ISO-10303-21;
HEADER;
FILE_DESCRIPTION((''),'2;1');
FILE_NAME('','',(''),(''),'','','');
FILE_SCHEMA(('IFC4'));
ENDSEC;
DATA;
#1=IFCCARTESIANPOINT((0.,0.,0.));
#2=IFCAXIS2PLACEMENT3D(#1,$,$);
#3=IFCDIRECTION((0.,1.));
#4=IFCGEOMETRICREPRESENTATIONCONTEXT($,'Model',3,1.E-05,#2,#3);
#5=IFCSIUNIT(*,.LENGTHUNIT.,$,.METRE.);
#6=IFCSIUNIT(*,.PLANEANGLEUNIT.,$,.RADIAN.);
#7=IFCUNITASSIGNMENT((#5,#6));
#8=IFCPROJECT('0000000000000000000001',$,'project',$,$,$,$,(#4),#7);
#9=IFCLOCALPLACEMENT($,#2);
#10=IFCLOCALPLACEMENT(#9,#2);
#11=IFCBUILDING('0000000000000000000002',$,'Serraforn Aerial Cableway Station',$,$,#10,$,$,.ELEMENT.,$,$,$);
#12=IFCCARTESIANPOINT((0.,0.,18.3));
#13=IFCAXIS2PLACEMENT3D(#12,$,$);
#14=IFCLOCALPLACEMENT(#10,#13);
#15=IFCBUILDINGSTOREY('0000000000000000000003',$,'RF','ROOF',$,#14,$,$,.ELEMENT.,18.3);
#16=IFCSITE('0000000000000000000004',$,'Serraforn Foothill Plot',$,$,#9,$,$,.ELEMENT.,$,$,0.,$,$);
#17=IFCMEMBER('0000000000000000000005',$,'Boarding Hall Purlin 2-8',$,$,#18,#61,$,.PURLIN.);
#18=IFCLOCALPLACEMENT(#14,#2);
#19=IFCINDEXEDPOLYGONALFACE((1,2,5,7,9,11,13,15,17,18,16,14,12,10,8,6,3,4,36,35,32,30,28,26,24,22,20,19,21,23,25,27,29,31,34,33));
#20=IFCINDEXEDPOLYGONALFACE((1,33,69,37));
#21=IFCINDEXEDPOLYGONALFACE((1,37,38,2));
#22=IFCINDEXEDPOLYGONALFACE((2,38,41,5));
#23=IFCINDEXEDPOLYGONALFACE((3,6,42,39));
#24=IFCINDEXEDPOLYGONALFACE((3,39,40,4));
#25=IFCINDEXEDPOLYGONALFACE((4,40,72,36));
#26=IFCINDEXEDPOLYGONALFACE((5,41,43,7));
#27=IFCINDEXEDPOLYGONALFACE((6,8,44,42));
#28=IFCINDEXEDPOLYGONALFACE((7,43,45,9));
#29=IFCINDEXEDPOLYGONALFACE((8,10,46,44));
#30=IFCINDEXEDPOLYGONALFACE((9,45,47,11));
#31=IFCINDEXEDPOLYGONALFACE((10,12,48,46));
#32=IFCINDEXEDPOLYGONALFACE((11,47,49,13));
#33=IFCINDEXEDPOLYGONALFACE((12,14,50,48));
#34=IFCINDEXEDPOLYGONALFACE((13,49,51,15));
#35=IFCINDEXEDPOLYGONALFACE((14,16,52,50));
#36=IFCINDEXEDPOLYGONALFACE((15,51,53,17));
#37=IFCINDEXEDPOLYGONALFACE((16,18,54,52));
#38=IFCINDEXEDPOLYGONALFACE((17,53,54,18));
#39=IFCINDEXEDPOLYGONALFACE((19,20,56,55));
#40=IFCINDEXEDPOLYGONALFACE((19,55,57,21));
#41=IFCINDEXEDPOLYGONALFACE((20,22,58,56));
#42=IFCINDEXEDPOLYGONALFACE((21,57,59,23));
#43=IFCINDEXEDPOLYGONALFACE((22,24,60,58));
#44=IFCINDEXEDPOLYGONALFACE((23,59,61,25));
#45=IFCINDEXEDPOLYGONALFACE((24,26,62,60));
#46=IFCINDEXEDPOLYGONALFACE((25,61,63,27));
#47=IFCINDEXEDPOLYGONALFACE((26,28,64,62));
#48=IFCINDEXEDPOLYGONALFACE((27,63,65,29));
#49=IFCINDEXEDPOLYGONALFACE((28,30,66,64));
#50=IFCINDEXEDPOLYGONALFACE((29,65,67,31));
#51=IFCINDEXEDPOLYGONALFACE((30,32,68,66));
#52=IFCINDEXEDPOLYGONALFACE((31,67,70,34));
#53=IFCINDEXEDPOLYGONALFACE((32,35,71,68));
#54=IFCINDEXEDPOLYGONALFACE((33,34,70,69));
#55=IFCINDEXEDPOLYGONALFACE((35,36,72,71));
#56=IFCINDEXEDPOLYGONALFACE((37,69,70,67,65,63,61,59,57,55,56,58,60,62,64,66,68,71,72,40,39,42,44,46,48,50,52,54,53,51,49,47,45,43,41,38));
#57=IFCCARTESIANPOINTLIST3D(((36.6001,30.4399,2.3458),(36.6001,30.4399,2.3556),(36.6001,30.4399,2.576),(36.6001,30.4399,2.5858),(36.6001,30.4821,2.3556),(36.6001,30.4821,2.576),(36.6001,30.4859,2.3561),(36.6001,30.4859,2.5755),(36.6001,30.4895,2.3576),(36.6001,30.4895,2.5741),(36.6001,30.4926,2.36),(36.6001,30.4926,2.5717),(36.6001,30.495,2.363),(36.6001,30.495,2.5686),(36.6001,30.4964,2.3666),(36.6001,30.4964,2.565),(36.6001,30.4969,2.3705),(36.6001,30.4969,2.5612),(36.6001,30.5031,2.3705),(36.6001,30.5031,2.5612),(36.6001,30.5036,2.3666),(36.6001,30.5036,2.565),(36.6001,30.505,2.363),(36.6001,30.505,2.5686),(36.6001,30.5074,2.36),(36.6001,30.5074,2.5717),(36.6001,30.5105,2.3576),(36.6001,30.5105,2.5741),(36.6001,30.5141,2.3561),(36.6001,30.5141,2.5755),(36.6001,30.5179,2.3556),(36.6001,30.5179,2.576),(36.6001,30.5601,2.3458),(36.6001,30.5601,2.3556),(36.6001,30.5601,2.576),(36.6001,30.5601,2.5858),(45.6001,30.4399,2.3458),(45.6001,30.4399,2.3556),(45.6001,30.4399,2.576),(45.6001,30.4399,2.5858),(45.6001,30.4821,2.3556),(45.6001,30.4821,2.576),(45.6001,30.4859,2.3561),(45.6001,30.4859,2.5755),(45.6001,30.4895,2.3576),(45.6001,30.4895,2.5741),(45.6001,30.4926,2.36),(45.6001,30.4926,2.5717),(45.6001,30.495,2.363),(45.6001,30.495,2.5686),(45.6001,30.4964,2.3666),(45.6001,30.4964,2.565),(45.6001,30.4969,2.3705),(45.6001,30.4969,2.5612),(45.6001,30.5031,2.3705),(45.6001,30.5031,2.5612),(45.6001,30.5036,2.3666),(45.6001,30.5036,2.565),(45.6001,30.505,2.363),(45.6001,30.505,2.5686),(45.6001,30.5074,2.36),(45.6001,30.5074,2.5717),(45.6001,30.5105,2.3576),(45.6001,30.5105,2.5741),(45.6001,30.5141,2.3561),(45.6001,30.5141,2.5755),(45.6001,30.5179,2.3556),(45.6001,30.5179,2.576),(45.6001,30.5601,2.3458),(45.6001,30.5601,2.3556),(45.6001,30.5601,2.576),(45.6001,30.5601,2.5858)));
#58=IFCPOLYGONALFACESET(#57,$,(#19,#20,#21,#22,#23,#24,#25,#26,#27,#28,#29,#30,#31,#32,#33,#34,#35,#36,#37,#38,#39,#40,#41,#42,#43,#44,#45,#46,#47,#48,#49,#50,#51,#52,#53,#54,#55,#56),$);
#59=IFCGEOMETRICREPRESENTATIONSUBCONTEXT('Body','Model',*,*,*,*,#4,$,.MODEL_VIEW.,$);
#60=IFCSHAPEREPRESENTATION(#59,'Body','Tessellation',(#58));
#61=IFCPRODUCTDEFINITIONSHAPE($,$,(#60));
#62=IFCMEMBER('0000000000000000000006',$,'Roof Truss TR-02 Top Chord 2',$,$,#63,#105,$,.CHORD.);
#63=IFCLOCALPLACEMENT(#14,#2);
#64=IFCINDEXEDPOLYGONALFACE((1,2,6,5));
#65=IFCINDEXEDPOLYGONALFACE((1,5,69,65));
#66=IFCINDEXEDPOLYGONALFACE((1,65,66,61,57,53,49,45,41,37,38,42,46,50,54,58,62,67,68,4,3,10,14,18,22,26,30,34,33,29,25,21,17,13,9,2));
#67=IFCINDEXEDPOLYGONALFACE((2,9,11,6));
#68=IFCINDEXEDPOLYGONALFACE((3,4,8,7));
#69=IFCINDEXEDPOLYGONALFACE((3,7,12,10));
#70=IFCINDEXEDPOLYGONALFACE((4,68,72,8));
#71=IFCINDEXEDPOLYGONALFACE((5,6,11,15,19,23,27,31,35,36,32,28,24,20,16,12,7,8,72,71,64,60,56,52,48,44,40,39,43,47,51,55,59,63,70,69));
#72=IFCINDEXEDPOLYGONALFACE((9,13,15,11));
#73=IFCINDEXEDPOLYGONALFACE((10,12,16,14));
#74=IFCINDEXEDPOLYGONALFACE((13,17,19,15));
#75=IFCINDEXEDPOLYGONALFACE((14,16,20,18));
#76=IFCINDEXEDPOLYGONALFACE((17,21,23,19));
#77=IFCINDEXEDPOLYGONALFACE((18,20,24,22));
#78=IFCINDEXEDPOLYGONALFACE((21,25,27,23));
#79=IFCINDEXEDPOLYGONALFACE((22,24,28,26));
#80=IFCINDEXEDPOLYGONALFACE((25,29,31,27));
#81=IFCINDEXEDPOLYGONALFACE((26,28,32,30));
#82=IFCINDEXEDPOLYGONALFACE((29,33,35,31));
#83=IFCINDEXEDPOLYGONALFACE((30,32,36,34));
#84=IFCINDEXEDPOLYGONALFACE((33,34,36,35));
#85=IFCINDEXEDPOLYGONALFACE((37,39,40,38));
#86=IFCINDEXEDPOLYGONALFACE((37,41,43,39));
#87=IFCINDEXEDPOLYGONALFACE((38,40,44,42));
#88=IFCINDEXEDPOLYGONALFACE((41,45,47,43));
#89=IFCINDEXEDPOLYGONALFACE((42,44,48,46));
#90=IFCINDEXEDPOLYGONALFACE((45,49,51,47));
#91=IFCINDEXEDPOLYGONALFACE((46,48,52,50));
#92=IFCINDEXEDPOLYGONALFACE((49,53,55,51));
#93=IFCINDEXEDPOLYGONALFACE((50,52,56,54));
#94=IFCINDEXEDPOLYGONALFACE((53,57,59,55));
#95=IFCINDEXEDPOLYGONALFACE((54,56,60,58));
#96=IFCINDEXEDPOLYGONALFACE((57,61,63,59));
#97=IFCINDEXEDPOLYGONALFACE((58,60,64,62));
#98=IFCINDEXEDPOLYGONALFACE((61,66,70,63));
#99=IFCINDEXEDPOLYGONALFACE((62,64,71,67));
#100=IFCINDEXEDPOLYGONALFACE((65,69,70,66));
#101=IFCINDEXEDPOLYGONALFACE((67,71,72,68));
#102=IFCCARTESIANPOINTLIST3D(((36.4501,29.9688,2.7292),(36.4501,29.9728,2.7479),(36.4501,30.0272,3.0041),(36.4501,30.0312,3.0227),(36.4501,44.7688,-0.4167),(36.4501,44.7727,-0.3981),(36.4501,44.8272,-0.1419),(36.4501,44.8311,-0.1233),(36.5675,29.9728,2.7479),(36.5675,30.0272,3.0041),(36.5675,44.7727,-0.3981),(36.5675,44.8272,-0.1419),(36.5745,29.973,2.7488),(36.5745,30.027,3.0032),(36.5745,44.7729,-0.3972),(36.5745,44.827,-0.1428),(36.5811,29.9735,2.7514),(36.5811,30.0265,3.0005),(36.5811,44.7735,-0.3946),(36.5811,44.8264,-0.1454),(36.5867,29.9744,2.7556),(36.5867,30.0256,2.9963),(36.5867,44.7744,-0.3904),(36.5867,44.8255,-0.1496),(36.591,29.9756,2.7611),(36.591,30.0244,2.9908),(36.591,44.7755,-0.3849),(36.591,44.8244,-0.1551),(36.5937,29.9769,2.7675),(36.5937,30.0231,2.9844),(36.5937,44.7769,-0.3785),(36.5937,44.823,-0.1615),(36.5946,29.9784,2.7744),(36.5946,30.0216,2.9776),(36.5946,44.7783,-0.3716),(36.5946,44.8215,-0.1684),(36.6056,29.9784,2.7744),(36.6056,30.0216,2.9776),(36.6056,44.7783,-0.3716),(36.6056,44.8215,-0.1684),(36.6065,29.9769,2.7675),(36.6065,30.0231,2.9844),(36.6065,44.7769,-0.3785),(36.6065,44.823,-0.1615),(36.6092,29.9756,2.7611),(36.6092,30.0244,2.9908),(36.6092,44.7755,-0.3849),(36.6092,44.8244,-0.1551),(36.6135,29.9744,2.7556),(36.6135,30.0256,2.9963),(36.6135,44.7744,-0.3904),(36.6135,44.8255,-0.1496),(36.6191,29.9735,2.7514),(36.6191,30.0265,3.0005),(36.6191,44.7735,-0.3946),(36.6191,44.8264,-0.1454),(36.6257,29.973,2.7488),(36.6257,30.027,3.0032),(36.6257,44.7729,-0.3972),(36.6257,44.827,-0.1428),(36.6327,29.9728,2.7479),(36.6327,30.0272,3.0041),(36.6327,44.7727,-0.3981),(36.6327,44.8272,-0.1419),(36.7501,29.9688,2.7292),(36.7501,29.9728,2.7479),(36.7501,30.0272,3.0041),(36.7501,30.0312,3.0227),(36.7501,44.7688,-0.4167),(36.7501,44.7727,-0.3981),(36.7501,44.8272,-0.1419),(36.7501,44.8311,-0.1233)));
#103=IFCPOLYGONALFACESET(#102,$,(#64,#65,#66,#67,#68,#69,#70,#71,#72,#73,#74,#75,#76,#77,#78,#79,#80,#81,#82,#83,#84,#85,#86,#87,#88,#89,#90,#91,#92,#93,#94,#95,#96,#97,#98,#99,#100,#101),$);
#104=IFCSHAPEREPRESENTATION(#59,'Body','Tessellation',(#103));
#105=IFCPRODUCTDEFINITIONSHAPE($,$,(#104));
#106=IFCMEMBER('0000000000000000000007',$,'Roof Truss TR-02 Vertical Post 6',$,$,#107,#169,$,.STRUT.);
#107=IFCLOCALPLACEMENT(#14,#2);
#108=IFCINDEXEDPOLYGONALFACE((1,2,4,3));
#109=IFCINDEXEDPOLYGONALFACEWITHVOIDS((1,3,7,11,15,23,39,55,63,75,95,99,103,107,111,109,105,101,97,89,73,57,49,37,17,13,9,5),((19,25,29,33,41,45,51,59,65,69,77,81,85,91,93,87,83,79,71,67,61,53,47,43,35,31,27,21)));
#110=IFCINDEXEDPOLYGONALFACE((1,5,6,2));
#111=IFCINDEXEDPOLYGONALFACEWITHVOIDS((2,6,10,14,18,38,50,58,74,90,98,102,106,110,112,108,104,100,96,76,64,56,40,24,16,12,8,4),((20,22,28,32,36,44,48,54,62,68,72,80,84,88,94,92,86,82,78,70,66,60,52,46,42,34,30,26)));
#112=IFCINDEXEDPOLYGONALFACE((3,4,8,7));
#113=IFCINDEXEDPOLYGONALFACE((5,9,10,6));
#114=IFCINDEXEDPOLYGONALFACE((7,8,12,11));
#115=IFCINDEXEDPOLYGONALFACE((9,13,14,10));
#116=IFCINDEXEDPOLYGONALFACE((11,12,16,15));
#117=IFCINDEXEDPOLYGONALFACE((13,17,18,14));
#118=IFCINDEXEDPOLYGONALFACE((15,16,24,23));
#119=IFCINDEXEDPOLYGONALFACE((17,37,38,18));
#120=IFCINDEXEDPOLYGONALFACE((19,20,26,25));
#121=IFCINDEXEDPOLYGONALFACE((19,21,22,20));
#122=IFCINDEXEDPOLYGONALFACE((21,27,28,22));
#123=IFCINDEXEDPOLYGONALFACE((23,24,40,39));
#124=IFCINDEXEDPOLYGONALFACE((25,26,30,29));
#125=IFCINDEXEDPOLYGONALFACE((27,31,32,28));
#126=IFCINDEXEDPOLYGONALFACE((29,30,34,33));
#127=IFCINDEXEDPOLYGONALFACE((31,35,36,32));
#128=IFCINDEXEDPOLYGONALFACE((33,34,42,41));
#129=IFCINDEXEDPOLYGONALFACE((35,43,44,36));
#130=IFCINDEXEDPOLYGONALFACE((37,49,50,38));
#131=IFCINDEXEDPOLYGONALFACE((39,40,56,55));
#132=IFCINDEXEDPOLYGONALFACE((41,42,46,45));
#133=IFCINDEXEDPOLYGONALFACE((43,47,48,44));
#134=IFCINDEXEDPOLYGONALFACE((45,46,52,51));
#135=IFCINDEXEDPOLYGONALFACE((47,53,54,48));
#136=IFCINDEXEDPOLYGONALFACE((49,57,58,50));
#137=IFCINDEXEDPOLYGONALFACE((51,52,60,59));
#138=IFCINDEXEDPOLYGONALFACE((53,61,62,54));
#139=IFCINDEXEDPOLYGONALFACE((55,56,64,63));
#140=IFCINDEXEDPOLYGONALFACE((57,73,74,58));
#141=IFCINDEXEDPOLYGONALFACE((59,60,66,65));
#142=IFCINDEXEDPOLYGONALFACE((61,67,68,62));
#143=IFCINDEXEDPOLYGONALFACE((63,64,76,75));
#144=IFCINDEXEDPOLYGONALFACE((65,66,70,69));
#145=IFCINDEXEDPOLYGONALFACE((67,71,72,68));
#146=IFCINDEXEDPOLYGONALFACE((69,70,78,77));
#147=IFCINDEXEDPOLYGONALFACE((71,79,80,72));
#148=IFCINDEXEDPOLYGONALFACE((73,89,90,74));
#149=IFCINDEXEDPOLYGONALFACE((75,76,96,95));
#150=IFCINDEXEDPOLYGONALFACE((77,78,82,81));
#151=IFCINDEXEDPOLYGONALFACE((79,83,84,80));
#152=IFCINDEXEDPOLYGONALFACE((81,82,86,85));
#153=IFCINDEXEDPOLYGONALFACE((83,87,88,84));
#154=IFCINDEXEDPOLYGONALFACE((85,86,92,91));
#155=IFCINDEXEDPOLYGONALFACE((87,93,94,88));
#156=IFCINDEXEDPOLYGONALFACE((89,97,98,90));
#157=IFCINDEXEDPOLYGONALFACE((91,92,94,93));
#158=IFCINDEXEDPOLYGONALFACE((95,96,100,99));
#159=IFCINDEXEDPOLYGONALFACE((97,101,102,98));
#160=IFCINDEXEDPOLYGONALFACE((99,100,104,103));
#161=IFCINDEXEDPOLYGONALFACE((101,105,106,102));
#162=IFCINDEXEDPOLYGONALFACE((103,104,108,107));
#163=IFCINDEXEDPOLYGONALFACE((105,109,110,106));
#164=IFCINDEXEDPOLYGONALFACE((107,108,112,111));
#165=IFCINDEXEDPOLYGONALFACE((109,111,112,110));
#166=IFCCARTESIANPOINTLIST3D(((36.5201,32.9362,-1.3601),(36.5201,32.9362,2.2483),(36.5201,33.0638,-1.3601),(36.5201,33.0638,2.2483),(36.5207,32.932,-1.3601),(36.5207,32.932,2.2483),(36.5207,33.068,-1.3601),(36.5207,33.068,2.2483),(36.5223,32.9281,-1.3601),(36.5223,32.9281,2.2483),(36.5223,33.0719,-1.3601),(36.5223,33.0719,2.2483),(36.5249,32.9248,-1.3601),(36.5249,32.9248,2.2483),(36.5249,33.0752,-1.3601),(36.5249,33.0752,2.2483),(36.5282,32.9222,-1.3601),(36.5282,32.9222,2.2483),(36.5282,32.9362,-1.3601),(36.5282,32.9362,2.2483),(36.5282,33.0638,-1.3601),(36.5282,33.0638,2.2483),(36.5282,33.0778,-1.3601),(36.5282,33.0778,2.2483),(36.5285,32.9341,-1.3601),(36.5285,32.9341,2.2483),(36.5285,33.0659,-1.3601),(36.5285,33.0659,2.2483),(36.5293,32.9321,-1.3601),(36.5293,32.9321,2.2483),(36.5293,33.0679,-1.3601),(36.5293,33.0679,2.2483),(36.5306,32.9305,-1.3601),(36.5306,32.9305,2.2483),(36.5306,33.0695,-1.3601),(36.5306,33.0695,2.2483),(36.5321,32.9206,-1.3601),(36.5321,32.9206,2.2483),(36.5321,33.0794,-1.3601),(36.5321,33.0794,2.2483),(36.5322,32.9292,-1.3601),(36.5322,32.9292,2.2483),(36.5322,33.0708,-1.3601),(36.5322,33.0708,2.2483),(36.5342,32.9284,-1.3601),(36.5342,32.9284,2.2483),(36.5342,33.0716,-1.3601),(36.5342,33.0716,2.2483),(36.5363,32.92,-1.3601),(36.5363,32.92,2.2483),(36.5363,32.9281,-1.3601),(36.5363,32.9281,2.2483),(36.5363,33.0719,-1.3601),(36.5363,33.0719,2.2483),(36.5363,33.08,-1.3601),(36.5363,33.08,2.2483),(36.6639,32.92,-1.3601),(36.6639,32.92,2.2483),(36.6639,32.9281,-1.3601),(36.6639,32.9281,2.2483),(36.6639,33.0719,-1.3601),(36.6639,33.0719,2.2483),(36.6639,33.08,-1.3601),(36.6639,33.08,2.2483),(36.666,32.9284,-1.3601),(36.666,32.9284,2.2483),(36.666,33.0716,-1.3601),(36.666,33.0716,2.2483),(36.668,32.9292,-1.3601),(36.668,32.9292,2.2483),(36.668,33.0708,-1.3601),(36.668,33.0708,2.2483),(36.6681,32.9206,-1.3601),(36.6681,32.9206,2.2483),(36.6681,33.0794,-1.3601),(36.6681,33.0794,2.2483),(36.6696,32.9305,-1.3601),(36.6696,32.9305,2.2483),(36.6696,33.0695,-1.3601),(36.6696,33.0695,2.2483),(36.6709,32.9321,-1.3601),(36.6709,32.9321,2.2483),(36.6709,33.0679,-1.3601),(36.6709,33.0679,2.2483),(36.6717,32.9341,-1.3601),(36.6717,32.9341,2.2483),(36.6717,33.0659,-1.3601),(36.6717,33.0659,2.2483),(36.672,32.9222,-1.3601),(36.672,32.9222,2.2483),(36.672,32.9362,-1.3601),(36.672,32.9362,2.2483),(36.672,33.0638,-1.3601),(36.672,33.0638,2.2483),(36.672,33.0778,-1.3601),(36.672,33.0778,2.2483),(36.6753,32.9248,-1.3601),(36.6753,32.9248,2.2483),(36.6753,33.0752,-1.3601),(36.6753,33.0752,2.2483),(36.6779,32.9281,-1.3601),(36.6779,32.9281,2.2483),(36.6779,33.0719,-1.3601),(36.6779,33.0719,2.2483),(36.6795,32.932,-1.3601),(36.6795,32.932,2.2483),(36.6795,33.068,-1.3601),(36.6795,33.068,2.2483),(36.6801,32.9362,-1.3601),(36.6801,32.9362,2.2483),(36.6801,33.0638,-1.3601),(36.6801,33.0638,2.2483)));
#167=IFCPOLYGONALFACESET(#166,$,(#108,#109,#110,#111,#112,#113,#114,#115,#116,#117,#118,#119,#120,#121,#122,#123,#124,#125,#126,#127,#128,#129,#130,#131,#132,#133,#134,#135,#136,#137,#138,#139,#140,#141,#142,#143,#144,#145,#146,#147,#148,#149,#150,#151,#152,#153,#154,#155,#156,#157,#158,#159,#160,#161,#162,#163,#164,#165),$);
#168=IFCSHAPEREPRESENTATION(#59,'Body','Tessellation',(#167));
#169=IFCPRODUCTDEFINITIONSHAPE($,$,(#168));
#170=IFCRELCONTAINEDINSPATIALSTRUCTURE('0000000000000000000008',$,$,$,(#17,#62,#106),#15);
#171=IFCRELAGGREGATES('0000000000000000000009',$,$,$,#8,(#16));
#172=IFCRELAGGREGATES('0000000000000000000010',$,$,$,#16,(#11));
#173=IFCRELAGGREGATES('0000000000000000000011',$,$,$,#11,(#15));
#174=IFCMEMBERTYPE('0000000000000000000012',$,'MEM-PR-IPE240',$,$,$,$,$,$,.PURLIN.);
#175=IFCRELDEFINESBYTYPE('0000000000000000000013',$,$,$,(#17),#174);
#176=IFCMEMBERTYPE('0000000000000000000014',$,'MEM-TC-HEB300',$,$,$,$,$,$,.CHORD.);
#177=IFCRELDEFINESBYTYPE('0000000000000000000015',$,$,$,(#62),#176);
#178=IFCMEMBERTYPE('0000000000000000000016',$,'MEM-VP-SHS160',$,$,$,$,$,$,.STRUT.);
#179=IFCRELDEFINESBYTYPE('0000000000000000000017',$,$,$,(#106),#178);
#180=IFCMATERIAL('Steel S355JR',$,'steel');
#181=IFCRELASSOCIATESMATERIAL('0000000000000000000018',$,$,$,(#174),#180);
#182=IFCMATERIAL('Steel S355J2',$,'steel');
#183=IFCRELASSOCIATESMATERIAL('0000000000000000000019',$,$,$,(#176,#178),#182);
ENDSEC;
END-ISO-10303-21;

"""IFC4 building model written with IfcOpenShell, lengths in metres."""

from ifc_helpers import new_model, si_unit, direction, frame, origin, origin_2d, place, context, subcontext, project, spatial, hollow_rectangle, i_section, extrude, material, material_profile, profile_set, type_object, element, save


model = new_model("IFC4")

# Units and contexts
model_context = context("Model", 3, precision=1e-05, world=origin(), true_north=direction((0.0, 1.0)))
body_context = subcontext(model_context, "Body", "Model", "MODEL_VIEW")
ifc_project = project(units=[si_unit("LENGTHUNIT", "METRE"), si_unit("PLANEANGLEUNIT", "RADIAN")], contexts=[model_context])

# Site, building, storey
site_placement = place(None, origin())
site = spatial("IfcSite", under=ifc_project, at=site_placement, Name="Serraforn Foothill Plot", CompositionType="ELEMENT", RefElevation=0.0)
building_placement = place(site_placement, origin())
building = spatial("IfcBuilding", under=site, at=building_placement, Name="Serraforn Aerial Cableway Station", CompositionType="ELEMENT")
storey_placement = place(building_placement, frame((0.0, 0.0, 18.3)))
storey = spatial("IfcBuildingStorey", under=building, at=storey_placement, Name="RF", Description="ROOF", CompositionType="ELEMENT", Elevation=18.3)

# Members
ifc_material_1 = material(Name="Steel S355J2", Category="steel")
ifc_material_2 = material(Name="Steel S355JR", Category="steel")
ifc_material_profile_1 = material_profile(ifc_material_2, i_section(OverallWidth=0.1201, OverallDepth=0.24, WebThickness=0.0061, FlangeThickness=0.0098, FilletRadius=0.0149, at=origin_2d()), Name="IPE 240")
ifc_profile_set_1 = profile_set([ifc_material_profile_1], Name="Steel S355JR")
member_type_1 = type_object("IfcMemberType", Name="MEM-PR-IPE240", PredefinedType="PURLIN", material=ifc_profile_set_1)
for number, where, z_axis, x_axis, name in (
    (1, (36.6001, 30.5, 2.4658), (1.0, 0.0, 0.0), (0.0, 1.0, 0.0), "Boarding Hall Purlin 2-8"),
):
    element("IfcMember", number, at=place(storey_placement, frame(where, z_axis=z_axis, x_axis=x_axis)), inside=storey, type_object=member_type_1, Name=name, PredefinedType="PURLIN", context=body_context, shape_type="SweptSolid", body=[
        extrude(i_section(OverallWidth=0.1201, OverallDepth=0.24, WebThickness=0.0061, FlangeThickness=0.0098, FilletRadius=0.0149, at=origin_2d()), origin(), (0.0, 0.0, 1.0), 9.0),
    ])
ifc_material_profile_2 = material_profile(ifc_material_1, i_section(OverallWidth=0.3, OverallDepth=0.3, WebThickness=0.011, FlangeThickness=0.019, FilletRadius=0.0271, at=origin_2d()), Name="HEB 300")
ifc_profile_set_2 = profile_set([ifc_material_profile_2], Name="Steel S355J2")
member_type_2 = type_object("IfcMemberType", Name="MEM-TC-HEB300", PredefinedType="CHORD", material=ifc_profile_set_2)
member_1_placement = place(storey_placement, frame((36.6001, 30.0, 2.876), z_axis=(0.0, 0.978146, -0.207921), x_axis=(-1.0, 0.0, 0.0)))
element("IfcMember", 2, at=member_1_placement, inside=storey, type_object=member_type_2, Name="Roof Truss TR-02 Top Chord 2", PredefinedType="CHORD", context=body_context, shape_type="SweptSolid", body=[
    extrude(i_section(OverallWidth=0.3, OverallDepth=0.3, WebThickness=0.011, FlangeThickness=0.019, FilletRadius=0.0271, at=origin_2d()), origin(), (0.0, 0.0, 1.0), 15.1306),
])
ifc_material_profile_3 = material_profile(ifc_material_1, hollow_rectangle(XDim=0.1599, YDim=0.1599, WallThickness=0.0081, InnerFilletRadius=0.0081, OuterFilletRadius=0.0161, at=origin_2d()), Name="SHS 160x160x8.0")
ifc_profile_set_3 = profile_set([ifc_material_profile_3], Name="Steel S355J2")
member_type_3 = type_object("IfcMemberType", Name="MEM-VP-SHS160", PredefinedType="STRUT", material=ifc_profile_set_3)
member_2_placement = place(storey_placement, frame((36.6001, 33.0, -1.3601), z_axis=(0.0, 0.0, 1.0), x_axis=(1.0, 0.0, 0.0)))
element("IfcMember", 3, at=member_2_placement, inside=storey, type_object=member_type_3, Name="Roof Truss TR-02 Vertical Post 6", PredefinedType="STRUT", context=body_context, shape_type="SweptSolid", body=[
    extrude(hollow_rectangle(XDim=0.1599, YDim=0.1599, WallThickness=0.0081, InnerFilletRadius=0.0081, OuterFilletRadius=0.0161, at=origin_2d()), origin(), (0.0, 0.0, 1.0), 3.6084),
])

save(model, "model.ifc")
